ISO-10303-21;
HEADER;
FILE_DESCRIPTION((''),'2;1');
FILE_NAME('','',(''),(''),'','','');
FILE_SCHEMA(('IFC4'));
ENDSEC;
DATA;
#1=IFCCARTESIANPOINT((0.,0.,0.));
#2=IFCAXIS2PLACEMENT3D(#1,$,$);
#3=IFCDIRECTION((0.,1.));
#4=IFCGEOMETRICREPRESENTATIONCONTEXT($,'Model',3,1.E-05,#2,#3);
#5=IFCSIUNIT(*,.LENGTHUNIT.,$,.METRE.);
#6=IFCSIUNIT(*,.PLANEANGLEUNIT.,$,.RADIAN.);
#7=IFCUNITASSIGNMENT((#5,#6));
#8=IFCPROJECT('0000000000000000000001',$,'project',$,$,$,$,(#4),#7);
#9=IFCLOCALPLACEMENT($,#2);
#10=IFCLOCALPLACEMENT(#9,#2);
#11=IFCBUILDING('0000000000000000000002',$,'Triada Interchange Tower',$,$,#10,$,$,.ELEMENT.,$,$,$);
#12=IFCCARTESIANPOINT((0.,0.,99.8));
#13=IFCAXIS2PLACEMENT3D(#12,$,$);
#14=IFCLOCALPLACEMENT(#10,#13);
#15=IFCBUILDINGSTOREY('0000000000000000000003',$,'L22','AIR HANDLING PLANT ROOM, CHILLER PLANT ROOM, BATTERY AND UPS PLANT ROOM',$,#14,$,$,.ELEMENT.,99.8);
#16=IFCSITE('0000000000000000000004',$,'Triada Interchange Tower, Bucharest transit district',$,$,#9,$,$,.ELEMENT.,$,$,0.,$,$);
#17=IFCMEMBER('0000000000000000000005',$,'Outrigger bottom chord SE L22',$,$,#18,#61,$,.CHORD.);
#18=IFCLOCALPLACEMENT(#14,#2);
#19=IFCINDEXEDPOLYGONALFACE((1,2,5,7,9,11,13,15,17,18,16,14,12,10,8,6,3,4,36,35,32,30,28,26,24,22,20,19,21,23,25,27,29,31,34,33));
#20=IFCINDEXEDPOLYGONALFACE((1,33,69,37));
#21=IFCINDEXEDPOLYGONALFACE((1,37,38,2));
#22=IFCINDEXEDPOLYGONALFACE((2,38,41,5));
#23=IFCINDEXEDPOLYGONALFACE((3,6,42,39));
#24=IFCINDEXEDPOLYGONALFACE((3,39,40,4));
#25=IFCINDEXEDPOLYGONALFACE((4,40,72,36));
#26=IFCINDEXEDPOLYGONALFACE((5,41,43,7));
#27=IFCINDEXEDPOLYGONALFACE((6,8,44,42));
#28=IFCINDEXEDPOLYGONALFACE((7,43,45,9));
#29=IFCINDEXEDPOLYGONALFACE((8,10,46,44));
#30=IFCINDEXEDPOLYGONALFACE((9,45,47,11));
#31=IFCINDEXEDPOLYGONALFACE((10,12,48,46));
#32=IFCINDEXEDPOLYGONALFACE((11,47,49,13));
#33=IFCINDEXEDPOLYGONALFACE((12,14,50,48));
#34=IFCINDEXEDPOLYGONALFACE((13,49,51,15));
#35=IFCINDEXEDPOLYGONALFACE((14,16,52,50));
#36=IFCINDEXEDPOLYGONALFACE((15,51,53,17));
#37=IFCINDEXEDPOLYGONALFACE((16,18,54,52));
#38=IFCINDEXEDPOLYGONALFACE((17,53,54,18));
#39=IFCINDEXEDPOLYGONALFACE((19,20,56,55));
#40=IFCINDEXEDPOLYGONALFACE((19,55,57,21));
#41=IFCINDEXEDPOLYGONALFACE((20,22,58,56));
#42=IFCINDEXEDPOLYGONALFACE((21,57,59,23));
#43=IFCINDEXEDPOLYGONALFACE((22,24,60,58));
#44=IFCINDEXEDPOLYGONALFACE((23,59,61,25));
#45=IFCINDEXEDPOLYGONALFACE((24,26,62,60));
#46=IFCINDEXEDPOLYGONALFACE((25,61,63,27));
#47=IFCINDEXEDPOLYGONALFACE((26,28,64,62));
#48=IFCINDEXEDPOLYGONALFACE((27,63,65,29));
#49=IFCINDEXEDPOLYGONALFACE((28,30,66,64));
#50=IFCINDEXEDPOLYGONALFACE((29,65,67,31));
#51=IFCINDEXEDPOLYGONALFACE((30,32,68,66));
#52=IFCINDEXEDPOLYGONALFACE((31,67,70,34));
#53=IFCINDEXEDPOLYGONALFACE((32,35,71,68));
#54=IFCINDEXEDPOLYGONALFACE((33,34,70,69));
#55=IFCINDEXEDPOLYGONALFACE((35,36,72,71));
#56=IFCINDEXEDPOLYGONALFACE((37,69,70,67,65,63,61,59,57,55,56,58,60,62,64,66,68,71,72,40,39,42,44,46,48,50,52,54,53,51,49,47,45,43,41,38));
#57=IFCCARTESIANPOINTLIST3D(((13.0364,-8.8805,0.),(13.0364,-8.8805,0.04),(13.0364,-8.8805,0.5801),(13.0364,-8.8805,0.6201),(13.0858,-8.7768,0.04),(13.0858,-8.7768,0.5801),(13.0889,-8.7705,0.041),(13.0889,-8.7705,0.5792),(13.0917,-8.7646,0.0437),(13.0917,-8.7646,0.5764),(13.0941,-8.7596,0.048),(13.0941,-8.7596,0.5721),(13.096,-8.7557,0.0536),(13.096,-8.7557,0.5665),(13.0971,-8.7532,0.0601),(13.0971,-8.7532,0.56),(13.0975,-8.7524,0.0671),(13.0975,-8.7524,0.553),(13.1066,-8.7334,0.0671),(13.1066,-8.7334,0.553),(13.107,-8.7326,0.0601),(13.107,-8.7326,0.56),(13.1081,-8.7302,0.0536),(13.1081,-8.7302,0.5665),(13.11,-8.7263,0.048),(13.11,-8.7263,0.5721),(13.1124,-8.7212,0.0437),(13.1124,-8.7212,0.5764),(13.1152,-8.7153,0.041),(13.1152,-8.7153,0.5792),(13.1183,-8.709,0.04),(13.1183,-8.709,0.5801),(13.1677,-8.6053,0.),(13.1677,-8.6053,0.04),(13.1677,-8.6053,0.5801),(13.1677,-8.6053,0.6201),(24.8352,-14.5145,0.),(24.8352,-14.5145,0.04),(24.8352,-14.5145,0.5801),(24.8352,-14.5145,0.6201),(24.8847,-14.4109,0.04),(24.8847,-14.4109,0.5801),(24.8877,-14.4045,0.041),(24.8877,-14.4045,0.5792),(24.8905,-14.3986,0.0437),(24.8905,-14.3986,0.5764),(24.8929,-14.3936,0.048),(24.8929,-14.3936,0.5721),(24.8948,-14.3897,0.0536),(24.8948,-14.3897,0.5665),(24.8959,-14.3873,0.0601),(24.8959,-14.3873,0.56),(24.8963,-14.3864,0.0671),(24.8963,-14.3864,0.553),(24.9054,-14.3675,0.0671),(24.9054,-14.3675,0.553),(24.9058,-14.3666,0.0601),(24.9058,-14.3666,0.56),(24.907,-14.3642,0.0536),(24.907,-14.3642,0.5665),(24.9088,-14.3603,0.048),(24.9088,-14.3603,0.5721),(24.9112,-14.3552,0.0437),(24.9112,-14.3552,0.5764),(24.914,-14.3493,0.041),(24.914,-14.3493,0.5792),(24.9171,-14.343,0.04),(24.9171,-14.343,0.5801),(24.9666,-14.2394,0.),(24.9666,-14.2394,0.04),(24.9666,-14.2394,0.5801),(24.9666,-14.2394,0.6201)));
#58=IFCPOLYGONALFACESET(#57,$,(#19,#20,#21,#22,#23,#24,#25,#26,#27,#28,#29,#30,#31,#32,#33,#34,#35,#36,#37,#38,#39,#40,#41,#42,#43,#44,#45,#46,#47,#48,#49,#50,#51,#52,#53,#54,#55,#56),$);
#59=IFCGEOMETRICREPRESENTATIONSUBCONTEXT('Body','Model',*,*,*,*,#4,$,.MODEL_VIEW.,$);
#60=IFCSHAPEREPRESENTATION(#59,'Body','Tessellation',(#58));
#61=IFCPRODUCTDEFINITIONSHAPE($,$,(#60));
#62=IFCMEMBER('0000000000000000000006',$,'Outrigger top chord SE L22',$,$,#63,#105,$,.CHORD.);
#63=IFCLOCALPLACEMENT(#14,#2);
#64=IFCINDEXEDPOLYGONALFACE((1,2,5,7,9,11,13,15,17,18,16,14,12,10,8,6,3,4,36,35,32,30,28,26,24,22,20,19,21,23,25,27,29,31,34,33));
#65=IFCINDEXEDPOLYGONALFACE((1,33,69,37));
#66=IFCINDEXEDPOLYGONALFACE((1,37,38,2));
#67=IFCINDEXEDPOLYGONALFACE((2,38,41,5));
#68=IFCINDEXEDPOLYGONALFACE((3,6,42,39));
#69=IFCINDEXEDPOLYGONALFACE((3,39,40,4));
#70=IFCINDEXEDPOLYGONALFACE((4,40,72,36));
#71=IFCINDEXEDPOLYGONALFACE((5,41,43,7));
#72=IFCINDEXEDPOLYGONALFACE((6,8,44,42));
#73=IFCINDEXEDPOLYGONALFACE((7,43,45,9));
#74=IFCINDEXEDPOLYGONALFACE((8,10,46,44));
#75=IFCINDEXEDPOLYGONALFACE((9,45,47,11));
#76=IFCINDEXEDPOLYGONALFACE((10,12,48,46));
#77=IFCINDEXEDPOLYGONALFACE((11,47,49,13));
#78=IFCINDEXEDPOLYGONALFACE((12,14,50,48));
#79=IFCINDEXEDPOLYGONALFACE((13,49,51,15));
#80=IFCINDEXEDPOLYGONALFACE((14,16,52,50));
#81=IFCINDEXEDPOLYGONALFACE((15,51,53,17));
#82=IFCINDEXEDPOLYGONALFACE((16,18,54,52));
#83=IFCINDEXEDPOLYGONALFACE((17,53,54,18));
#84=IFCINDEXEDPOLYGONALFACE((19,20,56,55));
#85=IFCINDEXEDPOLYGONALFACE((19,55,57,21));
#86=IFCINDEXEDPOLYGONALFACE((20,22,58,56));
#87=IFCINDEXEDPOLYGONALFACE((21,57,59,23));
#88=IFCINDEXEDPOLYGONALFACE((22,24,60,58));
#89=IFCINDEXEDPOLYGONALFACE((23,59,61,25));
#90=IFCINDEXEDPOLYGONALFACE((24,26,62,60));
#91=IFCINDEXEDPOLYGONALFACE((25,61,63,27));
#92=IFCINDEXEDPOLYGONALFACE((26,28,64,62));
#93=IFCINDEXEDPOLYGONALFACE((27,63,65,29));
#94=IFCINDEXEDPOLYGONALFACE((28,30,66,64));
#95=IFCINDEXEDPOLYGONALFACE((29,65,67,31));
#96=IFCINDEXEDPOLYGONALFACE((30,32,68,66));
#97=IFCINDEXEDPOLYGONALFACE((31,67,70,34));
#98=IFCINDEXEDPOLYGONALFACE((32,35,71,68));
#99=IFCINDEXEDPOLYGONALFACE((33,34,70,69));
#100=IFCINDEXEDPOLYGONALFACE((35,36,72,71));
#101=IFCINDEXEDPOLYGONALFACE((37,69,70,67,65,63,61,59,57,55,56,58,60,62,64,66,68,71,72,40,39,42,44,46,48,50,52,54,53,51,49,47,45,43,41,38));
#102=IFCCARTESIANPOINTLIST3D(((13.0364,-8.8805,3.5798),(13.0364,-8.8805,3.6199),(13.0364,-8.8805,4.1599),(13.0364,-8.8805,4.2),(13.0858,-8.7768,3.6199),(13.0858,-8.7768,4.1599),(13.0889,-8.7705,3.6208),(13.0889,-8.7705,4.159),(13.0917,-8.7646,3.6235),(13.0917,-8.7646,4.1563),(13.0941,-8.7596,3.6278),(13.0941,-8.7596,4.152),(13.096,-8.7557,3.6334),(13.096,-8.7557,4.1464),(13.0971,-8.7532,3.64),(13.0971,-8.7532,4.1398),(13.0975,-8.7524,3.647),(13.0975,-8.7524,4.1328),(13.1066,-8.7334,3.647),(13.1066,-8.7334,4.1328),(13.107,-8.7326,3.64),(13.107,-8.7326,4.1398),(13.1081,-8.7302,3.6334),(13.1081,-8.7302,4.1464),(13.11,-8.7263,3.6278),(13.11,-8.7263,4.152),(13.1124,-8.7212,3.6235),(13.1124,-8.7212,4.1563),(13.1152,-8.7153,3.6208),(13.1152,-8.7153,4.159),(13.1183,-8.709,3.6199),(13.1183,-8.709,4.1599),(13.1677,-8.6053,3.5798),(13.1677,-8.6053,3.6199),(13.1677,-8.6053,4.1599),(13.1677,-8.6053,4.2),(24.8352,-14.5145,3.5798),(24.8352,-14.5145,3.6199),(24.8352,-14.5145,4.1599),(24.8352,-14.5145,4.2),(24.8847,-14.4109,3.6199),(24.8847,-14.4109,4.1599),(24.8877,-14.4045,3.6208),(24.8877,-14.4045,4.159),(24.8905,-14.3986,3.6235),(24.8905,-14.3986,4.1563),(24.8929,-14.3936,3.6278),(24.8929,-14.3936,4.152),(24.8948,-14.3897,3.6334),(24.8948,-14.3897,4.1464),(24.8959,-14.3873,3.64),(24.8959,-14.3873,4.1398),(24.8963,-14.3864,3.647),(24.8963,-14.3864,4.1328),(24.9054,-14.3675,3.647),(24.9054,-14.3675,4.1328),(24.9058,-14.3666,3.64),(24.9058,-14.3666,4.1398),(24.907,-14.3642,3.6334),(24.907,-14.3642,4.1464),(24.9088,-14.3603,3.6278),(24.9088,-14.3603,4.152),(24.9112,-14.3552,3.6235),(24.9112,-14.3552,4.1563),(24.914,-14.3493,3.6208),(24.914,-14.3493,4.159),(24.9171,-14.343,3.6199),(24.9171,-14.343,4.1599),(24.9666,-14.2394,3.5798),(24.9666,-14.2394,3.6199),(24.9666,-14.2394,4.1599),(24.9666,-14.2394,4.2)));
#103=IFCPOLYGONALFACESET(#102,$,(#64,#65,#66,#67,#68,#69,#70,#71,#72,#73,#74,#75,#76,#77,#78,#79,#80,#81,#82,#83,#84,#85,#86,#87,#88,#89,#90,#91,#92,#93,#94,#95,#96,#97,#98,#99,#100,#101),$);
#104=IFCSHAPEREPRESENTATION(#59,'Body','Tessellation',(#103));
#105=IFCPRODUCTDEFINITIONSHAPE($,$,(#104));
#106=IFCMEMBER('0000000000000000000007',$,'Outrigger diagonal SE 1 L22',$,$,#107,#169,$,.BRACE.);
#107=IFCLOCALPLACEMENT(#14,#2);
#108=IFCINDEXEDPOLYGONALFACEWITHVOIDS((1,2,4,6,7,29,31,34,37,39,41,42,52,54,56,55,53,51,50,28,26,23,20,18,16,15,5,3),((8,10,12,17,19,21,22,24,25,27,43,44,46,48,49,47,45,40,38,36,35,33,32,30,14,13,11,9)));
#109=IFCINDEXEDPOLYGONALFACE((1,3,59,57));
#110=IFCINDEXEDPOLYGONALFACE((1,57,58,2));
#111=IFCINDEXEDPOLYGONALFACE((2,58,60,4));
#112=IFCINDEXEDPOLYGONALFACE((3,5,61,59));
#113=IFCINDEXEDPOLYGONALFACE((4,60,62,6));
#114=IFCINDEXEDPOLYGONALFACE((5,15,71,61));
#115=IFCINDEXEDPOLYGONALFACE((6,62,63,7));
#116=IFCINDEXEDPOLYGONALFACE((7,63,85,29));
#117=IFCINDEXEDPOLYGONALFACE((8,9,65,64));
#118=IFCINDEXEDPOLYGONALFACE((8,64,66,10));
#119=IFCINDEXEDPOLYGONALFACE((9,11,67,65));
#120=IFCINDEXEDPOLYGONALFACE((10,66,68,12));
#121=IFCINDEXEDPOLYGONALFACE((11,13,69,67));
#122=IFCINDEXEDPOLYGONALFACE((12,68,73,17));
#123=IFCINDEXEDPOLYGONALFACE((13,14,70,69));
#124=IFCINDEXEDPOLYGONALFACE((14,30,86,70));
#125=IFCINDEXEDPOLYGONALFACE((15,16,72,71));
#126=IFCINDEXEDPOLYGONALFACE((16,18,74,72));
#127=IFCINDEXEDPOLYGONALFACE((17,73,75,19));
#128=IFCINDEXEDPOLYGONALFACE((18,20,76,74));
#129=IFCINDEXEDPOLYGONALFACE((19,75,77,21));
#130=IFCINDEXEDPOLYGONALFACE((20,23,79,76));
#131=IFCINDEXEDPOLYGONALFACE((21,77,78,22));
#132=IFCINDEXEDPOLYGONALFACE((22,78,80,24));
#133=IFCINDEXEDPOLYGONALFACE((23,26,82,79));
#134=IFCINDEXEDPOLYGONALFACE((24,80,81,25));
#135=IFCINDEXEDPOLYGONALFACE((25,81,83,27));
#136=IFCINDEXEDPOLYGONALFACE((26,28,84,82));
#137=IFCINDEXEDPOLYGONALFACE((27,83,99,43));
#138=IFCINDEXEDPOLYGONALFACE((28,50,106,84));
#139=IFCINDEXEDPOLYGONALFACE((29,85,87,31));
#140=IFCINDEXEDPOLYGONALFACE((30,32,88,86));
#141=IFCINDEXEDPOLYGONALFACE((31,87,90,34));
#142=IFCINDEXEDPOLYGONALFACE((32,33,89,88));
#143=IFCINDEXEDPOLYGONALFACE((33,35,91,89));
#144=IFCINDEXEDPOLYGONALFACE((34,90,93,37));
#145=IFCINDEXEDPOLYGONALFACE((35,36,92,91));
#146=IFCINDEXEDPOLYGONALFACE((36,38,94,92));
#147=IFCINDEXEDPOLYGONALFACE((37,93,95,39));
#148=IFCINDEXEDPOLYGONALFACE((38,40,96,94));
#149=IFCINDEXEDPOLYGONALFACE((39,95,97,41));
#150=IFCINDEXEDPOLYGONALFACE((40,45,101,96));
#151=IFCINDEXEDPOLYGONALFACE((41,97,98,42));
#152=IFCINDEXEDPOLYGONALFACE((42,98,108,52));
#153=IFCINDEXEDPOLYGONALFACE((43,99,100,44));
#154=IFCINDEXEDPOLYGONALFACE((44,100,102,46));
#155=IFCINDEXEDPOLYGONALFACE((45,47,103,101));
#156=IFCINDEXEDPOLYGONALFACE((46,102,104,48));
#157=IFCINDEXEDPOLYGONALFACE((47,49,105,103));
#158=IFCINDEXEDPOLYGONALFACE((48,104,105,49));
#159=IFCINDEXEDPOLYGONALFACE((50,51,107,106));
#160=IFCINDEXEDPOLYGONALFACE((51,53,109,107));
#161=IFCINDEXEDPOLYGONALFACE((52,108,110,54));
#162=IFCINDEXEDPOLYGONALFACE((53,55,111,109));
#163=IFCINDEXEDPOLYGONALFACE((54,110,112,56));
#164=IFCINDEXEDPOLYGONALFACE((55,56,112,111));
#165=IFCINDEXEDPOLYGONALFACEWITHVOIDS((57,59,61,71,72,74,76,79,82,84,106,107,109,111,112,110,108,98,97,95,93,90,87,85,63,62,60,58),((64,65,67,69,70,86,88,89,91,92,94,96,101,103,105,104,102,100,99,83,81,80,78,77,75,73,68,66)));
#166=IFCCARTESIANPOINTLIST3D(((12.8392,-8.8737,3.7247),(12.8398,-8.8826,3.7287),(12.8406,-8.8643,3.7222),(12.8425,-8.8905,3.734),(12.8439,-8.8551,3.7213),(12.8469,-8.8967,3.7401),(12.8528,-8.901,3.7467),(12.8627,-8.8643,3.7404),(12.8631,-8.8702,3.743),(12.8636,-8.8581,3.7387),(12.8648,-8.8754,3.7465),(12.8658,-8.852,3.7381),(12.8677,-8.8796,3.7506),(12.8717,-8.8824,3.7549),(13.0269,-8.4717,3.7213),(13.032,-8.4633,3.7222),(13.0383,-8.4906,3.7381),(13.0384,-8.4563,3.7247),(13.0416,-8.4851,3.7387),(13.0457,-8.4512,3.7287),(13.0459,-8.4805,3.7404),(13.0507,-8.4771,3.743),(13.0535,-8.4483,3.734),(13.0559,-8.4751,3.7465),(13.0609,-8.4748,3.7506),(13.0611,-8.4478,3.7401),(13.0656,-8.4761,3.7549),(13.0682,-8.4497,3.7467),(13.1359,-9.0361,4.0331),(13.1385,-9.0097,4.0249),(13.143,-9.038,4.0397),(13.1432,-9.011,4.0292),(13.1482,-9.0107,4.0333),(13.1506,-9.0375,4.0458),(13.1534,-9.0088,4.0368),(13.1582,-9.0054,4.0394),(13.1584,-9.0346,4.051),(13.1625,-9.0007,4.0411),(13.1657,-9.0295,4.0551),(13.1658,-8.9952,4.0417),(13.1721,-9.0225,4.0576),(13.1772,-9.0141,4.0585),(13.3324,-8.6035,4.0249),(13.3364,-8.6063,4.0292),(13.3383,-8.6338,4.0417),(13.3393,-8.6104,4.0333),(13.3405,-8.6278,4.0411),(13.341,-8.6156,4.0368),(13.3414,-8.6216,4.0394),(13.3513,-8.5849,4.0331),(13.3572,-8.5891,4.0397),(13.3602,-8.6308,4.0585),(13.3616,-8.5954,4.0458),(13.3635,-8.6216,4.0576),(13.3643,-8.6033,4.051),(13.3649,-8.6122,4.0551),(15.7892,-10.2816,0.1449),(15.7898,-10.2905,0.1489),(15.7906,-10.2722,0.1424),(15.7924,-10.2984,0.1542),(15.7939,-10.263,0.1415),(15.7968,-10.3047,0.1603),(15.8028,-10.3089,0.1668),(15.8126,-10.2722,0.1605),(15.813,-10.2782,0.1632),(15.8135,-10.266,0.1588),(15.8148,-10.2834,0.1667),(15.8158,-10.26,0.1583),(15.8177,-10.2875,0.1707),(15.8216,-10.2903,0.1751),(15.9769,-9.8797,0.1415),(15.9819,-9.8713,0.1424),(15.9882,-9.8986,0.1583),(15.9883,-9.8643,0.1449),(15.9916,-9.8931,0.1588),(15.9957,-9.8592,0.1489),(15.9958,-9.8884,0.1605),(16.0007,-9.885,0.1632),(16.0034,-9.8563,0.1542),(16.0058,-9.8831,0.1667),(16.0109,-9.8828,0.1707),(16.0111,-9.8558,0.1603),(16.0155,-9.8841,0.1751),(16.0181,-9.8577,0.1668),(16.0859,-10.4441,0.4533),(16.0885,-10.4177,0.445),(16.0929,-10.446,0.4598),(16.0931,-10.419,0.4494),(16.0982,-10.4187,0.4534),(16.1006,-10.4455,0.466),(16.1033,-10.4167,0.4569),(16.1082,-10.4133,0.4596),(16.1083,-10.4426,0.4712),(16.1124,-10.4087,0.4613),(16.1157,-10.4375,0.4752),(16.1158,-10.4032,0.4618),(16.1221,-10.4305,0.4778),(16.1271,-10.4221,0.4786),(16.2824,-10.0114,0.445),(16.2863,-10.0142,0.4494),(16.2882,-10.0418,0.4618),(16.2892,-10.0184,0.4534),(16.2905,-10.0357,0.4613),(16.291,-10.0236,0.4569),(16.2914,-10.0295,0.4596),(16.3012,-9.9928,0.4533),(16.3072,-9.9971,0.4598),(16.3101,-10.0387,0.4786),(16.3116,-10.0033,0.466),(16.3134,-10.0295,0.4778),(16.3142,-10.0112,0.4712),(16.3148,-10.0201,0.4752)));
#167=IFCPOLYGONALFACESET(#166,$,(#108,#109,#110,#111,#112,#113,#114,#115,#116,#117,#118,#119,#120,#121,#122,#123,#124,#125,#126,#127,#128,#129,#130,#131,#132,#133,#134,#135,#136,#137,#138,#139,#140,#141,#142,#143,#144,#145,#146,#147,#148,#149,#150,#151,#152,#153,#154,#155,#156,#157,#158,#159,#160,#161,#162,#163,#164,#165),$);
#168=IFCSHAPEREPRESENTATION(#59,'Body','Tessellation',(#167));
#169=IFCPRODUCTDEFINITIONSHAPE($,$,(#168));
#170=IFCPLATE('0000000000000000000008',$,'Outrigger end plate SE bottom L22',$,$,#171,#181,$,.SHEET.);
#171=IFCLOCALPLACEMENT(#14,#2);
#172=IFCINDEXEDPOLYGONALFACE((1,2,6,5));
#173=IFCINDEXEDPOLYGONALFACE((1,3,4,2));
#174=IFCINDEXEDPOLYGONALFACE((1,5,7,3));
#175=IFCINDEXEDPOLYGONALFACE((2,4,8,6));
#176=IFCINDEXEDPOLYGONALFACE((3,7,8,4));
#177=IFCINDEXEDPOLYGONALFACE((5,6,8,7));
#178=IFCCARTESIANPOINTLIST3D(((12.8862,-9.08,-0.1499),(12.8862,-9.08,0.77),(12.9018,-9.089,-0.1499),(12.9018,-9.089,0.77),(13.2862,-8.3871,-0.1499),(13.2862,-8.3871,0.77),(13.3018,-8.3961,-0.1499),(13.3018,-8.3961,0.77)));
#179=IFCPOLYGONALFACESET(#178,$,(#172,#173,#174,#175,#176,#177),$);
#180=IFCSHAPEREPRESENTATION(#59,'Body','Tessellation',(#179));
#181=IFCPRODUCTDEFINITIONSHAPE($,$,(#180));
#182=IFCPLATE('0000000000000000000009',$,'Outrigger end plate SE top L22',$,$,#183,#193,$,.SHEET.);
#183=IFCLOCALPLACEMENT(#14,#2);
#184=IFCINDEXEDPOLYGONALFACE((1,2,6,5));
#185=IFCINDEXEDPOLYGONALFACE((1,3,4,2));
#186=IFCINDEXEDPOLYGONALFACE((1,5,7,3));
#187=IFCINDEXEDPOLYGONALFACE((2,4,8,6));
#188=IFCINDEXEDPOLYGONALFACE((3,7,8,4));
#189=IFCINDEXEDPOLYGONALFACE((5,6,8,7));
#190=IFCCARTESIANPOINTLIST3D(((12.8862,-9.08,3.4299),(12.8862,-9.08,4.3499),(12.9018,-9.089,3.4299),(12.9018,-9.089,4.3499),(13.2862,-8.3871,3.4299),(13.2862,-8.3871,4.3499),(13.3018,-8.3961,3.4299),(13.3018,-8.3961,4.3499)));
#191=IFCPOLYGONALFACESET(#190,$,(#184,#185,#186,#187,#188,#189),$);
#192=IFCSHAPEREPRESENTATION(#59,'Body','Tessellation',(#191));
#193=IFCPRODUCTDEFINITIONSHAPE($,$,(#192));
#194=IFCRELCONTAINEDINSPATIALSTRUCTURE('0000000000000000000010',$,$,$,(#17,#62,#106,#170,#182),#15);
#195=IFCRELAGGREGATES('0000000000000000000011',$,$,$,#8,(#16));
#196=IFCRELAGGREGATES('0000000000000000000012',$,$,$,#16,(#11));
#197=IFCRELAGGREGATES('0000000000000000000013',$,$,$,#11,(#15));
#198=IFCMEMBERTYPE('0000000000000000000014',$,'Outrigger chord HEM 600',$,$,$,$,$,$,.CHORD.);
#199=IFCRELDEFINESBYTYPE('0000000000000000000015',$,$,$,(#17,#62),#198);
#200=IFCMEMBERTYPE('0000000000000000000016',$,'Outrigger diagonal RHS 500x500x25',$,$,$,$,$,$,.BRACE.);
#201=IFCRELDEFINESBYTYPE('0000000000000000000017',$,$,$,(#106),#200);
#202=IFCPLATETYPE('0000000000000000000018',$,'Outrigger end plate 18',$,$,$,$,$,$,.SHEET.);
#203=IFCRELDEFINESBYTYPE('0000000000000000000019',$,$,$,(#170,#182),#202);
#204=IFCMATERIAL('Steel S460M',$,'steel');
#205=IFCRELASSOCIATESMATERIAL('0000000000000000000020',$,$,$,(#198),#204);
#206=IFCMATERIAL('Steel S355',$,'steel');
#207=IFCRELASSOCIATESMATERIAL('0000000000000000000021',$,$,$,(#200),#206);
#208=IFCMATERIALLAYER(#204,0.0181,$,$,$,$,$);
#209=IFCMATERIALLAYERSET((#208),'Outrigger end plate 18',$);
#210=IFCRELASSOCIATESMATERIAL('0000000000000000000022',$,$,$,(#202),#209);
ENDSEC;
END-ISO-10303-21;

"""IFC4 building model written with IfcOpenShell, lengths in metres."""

from ifc_helpers import new_model, si_unit, direction, frame, origin, origin_2d, place, context, subcontext, project, spatial, rectangle, hollow_rectangle, i_section, extrude, material, layer, layer_set, material_profile, profile_set, type_object, element, save


model = new_model("IFC4")

# Units and contexts
model_context = context("Model", 3, precision=1e-05, world=origin(), true_north=direction((0.0, 1.0)))
body_context = subcontext(model_context, "Body", "Model", "MODEL_VIEW")
ifc_project = project(units=[si_unit("LENGTHUNIT", "METRE"), si_unit("PLANEANGLEUNIT", "RADIAN")], contexts=[model_context])

# Site, building, storey
site_placement = place(None, origin())
site = spatial("IfcSite", under=ifc_project, at=site_placement, Name="Triada Interchange Tower, Bucharest transit district", CompositionType="ELEMENT", RefElevation=0.0)
building_placement = place(site_placement, origin())
building = spatial("IfcBuilding", under=site, at=building_placement, Name="Triada Interchange Tower", CompositionType="ELEMENT")
storey_placement = place(building_placement, frame((0.0, 0.0, 99.8)))
storey = spatial("IfcBuildingStorey", under=building, at=storey_placement, Name="L22", Description="AIR HANDLING PLANT ROOM, CHILLER PLANT ROOM, BATTERY AND UPS PLANT ROOM", CompositionType="ELEMENT", Elevation=99.8)

# Shared definitions
ifc_material_1 = material(Name="Steel S355", Category="steel")

# Members
ifc_material_2 = material(Name="Steel S460M", Category="steel")
ifc_material_profile_1 = material_profile(ifc_material_2, i_section(OverallWidth=0.3049, OverallDepth=0.6201, WebThickness=0.021, FlangeThickness=0.04, FilletRadius=0.0271, at=origin_2d()), Name="HEM 600")
ifc_profile_set_1 = profile_set([ifc_material_profile_1], Name="Steel S460M")
member_type_1 = type_object("IfcMemberType", Name="Outrigger chord HEM 600", PredefinedType="CHORD", material=ifc_profile_set_1)
for number, where, z_axis, x_axis, name in (
    (1, (13.1021, -8.7429, 0.3101), (0.902399, -0.430902, 0.0), (0.430902, 0.902399, 0.0), "Outrigger bottom chord SE L22"),
    (2, (13.1021, -8.7429, 3.8899), (0.902399, -0.430902, 0.0), (0.430902, 0.902399, 0.0), "Outrigger top chord SE L22"),
):
    element("IfcMember", number, at=place(storey_placement, frame(where, z_axis=z_axis, x_axis=x_axis)), inside=storey, type_object=member_type_1, Name=name, PredefinedType="CHORD", context=body_context, shape_type="SweptSolid", body=[
        extrude(i_section(OverallWidth=0.3049, OverallDepth=0.6201, WebThickness=0.021, FlangeThickness=0.04, FilletRadius=0.0271, at=origin_2d()), origin(), (0.0, 0.0, 1.0), 13.075),
    ])
ifc_material_profile_2 = material_profile(ifc_material_1, hollow_rectangle(XDim=0.5, YDim=0.5, WallThickness=0.0249, InnerFilletRadius=0.0249, OuterFilletRadius=0.0376, at=origin_2d()), Name="RHS 500x500x25")
ifc_profile_set_2 = profile_set([ifc_material_profile_2], Name="Steel S355")
member_type_2 = type_object("IfcMemberType", Name="Outrigger diagonal RHS 500x500x25", PredefinedType="BRACE", material=ifc_profile_set_2)
member_1_placement = place(storey_placement, frame((13.1021, -8.7429, 3.8899), z_axis=(0.608531, -0.290441, -0.738467), x_axis=(0.430736, 0.902478, 0.0)))
element("IfcMember", 3, at=member_1_placement, inside=storey, type_object=member_type_2, Name="Outrigger diagonal SE 1 L22", PredefinedType="BRACE", context=body_context, shape_type="SweptSolid", body=[
    extrude(hollow_rectangle(XDim=0.5, YDim=0.5, WallThickness=0.0249, InnerFilletRadius=0.0249, OuterFilletRadius=0.0376, at=origin_2d()), origin(), (0.0, 0.0, 1.0), 4.8477),
])

# Plates
ifc_layer_1 = layer(ifc_material_2, 0.0181)
ifc_layer_set_1 = layer_set([ifc_layer_1], Name="Outrigger end plate 18")
plate_type = type_object("IfcPlateType", Name="Outrigger end plate 18", PredefinedType="SHEET", material=ifc_layer_set_1)
for number, where, z_axis, x_axis, name in (
    (4, (13.094, -8.738, -0.1499), (0.0, 0.0, 1.0), (0.866025, -0.5, 0.0), "Outrigger end plate SE bottom L22"),
    (5, (13.094, -8.738, 3.4299), (0.0, 0.0, 1.0), (0.866025, -0.5, 0.0), "Outrigger end plate SE top L22"),
):
    element("IfcPlate", number, at=place(storey_placement, frame(where, z_axis=z_axis, x_axis=x_axis)), inside=storey, type_object=plate_type, Name=name, PredefinedType="SHEET", context=body_context, shape_type="SweptSolid", body=[
        extrude(rectangle(XDim=0.0181, YDim=0.8, at=origin_2d()), origin(), (0.0, 0.0, 1.0), 0.9199),
    ])

save(model, "model.ifc")
